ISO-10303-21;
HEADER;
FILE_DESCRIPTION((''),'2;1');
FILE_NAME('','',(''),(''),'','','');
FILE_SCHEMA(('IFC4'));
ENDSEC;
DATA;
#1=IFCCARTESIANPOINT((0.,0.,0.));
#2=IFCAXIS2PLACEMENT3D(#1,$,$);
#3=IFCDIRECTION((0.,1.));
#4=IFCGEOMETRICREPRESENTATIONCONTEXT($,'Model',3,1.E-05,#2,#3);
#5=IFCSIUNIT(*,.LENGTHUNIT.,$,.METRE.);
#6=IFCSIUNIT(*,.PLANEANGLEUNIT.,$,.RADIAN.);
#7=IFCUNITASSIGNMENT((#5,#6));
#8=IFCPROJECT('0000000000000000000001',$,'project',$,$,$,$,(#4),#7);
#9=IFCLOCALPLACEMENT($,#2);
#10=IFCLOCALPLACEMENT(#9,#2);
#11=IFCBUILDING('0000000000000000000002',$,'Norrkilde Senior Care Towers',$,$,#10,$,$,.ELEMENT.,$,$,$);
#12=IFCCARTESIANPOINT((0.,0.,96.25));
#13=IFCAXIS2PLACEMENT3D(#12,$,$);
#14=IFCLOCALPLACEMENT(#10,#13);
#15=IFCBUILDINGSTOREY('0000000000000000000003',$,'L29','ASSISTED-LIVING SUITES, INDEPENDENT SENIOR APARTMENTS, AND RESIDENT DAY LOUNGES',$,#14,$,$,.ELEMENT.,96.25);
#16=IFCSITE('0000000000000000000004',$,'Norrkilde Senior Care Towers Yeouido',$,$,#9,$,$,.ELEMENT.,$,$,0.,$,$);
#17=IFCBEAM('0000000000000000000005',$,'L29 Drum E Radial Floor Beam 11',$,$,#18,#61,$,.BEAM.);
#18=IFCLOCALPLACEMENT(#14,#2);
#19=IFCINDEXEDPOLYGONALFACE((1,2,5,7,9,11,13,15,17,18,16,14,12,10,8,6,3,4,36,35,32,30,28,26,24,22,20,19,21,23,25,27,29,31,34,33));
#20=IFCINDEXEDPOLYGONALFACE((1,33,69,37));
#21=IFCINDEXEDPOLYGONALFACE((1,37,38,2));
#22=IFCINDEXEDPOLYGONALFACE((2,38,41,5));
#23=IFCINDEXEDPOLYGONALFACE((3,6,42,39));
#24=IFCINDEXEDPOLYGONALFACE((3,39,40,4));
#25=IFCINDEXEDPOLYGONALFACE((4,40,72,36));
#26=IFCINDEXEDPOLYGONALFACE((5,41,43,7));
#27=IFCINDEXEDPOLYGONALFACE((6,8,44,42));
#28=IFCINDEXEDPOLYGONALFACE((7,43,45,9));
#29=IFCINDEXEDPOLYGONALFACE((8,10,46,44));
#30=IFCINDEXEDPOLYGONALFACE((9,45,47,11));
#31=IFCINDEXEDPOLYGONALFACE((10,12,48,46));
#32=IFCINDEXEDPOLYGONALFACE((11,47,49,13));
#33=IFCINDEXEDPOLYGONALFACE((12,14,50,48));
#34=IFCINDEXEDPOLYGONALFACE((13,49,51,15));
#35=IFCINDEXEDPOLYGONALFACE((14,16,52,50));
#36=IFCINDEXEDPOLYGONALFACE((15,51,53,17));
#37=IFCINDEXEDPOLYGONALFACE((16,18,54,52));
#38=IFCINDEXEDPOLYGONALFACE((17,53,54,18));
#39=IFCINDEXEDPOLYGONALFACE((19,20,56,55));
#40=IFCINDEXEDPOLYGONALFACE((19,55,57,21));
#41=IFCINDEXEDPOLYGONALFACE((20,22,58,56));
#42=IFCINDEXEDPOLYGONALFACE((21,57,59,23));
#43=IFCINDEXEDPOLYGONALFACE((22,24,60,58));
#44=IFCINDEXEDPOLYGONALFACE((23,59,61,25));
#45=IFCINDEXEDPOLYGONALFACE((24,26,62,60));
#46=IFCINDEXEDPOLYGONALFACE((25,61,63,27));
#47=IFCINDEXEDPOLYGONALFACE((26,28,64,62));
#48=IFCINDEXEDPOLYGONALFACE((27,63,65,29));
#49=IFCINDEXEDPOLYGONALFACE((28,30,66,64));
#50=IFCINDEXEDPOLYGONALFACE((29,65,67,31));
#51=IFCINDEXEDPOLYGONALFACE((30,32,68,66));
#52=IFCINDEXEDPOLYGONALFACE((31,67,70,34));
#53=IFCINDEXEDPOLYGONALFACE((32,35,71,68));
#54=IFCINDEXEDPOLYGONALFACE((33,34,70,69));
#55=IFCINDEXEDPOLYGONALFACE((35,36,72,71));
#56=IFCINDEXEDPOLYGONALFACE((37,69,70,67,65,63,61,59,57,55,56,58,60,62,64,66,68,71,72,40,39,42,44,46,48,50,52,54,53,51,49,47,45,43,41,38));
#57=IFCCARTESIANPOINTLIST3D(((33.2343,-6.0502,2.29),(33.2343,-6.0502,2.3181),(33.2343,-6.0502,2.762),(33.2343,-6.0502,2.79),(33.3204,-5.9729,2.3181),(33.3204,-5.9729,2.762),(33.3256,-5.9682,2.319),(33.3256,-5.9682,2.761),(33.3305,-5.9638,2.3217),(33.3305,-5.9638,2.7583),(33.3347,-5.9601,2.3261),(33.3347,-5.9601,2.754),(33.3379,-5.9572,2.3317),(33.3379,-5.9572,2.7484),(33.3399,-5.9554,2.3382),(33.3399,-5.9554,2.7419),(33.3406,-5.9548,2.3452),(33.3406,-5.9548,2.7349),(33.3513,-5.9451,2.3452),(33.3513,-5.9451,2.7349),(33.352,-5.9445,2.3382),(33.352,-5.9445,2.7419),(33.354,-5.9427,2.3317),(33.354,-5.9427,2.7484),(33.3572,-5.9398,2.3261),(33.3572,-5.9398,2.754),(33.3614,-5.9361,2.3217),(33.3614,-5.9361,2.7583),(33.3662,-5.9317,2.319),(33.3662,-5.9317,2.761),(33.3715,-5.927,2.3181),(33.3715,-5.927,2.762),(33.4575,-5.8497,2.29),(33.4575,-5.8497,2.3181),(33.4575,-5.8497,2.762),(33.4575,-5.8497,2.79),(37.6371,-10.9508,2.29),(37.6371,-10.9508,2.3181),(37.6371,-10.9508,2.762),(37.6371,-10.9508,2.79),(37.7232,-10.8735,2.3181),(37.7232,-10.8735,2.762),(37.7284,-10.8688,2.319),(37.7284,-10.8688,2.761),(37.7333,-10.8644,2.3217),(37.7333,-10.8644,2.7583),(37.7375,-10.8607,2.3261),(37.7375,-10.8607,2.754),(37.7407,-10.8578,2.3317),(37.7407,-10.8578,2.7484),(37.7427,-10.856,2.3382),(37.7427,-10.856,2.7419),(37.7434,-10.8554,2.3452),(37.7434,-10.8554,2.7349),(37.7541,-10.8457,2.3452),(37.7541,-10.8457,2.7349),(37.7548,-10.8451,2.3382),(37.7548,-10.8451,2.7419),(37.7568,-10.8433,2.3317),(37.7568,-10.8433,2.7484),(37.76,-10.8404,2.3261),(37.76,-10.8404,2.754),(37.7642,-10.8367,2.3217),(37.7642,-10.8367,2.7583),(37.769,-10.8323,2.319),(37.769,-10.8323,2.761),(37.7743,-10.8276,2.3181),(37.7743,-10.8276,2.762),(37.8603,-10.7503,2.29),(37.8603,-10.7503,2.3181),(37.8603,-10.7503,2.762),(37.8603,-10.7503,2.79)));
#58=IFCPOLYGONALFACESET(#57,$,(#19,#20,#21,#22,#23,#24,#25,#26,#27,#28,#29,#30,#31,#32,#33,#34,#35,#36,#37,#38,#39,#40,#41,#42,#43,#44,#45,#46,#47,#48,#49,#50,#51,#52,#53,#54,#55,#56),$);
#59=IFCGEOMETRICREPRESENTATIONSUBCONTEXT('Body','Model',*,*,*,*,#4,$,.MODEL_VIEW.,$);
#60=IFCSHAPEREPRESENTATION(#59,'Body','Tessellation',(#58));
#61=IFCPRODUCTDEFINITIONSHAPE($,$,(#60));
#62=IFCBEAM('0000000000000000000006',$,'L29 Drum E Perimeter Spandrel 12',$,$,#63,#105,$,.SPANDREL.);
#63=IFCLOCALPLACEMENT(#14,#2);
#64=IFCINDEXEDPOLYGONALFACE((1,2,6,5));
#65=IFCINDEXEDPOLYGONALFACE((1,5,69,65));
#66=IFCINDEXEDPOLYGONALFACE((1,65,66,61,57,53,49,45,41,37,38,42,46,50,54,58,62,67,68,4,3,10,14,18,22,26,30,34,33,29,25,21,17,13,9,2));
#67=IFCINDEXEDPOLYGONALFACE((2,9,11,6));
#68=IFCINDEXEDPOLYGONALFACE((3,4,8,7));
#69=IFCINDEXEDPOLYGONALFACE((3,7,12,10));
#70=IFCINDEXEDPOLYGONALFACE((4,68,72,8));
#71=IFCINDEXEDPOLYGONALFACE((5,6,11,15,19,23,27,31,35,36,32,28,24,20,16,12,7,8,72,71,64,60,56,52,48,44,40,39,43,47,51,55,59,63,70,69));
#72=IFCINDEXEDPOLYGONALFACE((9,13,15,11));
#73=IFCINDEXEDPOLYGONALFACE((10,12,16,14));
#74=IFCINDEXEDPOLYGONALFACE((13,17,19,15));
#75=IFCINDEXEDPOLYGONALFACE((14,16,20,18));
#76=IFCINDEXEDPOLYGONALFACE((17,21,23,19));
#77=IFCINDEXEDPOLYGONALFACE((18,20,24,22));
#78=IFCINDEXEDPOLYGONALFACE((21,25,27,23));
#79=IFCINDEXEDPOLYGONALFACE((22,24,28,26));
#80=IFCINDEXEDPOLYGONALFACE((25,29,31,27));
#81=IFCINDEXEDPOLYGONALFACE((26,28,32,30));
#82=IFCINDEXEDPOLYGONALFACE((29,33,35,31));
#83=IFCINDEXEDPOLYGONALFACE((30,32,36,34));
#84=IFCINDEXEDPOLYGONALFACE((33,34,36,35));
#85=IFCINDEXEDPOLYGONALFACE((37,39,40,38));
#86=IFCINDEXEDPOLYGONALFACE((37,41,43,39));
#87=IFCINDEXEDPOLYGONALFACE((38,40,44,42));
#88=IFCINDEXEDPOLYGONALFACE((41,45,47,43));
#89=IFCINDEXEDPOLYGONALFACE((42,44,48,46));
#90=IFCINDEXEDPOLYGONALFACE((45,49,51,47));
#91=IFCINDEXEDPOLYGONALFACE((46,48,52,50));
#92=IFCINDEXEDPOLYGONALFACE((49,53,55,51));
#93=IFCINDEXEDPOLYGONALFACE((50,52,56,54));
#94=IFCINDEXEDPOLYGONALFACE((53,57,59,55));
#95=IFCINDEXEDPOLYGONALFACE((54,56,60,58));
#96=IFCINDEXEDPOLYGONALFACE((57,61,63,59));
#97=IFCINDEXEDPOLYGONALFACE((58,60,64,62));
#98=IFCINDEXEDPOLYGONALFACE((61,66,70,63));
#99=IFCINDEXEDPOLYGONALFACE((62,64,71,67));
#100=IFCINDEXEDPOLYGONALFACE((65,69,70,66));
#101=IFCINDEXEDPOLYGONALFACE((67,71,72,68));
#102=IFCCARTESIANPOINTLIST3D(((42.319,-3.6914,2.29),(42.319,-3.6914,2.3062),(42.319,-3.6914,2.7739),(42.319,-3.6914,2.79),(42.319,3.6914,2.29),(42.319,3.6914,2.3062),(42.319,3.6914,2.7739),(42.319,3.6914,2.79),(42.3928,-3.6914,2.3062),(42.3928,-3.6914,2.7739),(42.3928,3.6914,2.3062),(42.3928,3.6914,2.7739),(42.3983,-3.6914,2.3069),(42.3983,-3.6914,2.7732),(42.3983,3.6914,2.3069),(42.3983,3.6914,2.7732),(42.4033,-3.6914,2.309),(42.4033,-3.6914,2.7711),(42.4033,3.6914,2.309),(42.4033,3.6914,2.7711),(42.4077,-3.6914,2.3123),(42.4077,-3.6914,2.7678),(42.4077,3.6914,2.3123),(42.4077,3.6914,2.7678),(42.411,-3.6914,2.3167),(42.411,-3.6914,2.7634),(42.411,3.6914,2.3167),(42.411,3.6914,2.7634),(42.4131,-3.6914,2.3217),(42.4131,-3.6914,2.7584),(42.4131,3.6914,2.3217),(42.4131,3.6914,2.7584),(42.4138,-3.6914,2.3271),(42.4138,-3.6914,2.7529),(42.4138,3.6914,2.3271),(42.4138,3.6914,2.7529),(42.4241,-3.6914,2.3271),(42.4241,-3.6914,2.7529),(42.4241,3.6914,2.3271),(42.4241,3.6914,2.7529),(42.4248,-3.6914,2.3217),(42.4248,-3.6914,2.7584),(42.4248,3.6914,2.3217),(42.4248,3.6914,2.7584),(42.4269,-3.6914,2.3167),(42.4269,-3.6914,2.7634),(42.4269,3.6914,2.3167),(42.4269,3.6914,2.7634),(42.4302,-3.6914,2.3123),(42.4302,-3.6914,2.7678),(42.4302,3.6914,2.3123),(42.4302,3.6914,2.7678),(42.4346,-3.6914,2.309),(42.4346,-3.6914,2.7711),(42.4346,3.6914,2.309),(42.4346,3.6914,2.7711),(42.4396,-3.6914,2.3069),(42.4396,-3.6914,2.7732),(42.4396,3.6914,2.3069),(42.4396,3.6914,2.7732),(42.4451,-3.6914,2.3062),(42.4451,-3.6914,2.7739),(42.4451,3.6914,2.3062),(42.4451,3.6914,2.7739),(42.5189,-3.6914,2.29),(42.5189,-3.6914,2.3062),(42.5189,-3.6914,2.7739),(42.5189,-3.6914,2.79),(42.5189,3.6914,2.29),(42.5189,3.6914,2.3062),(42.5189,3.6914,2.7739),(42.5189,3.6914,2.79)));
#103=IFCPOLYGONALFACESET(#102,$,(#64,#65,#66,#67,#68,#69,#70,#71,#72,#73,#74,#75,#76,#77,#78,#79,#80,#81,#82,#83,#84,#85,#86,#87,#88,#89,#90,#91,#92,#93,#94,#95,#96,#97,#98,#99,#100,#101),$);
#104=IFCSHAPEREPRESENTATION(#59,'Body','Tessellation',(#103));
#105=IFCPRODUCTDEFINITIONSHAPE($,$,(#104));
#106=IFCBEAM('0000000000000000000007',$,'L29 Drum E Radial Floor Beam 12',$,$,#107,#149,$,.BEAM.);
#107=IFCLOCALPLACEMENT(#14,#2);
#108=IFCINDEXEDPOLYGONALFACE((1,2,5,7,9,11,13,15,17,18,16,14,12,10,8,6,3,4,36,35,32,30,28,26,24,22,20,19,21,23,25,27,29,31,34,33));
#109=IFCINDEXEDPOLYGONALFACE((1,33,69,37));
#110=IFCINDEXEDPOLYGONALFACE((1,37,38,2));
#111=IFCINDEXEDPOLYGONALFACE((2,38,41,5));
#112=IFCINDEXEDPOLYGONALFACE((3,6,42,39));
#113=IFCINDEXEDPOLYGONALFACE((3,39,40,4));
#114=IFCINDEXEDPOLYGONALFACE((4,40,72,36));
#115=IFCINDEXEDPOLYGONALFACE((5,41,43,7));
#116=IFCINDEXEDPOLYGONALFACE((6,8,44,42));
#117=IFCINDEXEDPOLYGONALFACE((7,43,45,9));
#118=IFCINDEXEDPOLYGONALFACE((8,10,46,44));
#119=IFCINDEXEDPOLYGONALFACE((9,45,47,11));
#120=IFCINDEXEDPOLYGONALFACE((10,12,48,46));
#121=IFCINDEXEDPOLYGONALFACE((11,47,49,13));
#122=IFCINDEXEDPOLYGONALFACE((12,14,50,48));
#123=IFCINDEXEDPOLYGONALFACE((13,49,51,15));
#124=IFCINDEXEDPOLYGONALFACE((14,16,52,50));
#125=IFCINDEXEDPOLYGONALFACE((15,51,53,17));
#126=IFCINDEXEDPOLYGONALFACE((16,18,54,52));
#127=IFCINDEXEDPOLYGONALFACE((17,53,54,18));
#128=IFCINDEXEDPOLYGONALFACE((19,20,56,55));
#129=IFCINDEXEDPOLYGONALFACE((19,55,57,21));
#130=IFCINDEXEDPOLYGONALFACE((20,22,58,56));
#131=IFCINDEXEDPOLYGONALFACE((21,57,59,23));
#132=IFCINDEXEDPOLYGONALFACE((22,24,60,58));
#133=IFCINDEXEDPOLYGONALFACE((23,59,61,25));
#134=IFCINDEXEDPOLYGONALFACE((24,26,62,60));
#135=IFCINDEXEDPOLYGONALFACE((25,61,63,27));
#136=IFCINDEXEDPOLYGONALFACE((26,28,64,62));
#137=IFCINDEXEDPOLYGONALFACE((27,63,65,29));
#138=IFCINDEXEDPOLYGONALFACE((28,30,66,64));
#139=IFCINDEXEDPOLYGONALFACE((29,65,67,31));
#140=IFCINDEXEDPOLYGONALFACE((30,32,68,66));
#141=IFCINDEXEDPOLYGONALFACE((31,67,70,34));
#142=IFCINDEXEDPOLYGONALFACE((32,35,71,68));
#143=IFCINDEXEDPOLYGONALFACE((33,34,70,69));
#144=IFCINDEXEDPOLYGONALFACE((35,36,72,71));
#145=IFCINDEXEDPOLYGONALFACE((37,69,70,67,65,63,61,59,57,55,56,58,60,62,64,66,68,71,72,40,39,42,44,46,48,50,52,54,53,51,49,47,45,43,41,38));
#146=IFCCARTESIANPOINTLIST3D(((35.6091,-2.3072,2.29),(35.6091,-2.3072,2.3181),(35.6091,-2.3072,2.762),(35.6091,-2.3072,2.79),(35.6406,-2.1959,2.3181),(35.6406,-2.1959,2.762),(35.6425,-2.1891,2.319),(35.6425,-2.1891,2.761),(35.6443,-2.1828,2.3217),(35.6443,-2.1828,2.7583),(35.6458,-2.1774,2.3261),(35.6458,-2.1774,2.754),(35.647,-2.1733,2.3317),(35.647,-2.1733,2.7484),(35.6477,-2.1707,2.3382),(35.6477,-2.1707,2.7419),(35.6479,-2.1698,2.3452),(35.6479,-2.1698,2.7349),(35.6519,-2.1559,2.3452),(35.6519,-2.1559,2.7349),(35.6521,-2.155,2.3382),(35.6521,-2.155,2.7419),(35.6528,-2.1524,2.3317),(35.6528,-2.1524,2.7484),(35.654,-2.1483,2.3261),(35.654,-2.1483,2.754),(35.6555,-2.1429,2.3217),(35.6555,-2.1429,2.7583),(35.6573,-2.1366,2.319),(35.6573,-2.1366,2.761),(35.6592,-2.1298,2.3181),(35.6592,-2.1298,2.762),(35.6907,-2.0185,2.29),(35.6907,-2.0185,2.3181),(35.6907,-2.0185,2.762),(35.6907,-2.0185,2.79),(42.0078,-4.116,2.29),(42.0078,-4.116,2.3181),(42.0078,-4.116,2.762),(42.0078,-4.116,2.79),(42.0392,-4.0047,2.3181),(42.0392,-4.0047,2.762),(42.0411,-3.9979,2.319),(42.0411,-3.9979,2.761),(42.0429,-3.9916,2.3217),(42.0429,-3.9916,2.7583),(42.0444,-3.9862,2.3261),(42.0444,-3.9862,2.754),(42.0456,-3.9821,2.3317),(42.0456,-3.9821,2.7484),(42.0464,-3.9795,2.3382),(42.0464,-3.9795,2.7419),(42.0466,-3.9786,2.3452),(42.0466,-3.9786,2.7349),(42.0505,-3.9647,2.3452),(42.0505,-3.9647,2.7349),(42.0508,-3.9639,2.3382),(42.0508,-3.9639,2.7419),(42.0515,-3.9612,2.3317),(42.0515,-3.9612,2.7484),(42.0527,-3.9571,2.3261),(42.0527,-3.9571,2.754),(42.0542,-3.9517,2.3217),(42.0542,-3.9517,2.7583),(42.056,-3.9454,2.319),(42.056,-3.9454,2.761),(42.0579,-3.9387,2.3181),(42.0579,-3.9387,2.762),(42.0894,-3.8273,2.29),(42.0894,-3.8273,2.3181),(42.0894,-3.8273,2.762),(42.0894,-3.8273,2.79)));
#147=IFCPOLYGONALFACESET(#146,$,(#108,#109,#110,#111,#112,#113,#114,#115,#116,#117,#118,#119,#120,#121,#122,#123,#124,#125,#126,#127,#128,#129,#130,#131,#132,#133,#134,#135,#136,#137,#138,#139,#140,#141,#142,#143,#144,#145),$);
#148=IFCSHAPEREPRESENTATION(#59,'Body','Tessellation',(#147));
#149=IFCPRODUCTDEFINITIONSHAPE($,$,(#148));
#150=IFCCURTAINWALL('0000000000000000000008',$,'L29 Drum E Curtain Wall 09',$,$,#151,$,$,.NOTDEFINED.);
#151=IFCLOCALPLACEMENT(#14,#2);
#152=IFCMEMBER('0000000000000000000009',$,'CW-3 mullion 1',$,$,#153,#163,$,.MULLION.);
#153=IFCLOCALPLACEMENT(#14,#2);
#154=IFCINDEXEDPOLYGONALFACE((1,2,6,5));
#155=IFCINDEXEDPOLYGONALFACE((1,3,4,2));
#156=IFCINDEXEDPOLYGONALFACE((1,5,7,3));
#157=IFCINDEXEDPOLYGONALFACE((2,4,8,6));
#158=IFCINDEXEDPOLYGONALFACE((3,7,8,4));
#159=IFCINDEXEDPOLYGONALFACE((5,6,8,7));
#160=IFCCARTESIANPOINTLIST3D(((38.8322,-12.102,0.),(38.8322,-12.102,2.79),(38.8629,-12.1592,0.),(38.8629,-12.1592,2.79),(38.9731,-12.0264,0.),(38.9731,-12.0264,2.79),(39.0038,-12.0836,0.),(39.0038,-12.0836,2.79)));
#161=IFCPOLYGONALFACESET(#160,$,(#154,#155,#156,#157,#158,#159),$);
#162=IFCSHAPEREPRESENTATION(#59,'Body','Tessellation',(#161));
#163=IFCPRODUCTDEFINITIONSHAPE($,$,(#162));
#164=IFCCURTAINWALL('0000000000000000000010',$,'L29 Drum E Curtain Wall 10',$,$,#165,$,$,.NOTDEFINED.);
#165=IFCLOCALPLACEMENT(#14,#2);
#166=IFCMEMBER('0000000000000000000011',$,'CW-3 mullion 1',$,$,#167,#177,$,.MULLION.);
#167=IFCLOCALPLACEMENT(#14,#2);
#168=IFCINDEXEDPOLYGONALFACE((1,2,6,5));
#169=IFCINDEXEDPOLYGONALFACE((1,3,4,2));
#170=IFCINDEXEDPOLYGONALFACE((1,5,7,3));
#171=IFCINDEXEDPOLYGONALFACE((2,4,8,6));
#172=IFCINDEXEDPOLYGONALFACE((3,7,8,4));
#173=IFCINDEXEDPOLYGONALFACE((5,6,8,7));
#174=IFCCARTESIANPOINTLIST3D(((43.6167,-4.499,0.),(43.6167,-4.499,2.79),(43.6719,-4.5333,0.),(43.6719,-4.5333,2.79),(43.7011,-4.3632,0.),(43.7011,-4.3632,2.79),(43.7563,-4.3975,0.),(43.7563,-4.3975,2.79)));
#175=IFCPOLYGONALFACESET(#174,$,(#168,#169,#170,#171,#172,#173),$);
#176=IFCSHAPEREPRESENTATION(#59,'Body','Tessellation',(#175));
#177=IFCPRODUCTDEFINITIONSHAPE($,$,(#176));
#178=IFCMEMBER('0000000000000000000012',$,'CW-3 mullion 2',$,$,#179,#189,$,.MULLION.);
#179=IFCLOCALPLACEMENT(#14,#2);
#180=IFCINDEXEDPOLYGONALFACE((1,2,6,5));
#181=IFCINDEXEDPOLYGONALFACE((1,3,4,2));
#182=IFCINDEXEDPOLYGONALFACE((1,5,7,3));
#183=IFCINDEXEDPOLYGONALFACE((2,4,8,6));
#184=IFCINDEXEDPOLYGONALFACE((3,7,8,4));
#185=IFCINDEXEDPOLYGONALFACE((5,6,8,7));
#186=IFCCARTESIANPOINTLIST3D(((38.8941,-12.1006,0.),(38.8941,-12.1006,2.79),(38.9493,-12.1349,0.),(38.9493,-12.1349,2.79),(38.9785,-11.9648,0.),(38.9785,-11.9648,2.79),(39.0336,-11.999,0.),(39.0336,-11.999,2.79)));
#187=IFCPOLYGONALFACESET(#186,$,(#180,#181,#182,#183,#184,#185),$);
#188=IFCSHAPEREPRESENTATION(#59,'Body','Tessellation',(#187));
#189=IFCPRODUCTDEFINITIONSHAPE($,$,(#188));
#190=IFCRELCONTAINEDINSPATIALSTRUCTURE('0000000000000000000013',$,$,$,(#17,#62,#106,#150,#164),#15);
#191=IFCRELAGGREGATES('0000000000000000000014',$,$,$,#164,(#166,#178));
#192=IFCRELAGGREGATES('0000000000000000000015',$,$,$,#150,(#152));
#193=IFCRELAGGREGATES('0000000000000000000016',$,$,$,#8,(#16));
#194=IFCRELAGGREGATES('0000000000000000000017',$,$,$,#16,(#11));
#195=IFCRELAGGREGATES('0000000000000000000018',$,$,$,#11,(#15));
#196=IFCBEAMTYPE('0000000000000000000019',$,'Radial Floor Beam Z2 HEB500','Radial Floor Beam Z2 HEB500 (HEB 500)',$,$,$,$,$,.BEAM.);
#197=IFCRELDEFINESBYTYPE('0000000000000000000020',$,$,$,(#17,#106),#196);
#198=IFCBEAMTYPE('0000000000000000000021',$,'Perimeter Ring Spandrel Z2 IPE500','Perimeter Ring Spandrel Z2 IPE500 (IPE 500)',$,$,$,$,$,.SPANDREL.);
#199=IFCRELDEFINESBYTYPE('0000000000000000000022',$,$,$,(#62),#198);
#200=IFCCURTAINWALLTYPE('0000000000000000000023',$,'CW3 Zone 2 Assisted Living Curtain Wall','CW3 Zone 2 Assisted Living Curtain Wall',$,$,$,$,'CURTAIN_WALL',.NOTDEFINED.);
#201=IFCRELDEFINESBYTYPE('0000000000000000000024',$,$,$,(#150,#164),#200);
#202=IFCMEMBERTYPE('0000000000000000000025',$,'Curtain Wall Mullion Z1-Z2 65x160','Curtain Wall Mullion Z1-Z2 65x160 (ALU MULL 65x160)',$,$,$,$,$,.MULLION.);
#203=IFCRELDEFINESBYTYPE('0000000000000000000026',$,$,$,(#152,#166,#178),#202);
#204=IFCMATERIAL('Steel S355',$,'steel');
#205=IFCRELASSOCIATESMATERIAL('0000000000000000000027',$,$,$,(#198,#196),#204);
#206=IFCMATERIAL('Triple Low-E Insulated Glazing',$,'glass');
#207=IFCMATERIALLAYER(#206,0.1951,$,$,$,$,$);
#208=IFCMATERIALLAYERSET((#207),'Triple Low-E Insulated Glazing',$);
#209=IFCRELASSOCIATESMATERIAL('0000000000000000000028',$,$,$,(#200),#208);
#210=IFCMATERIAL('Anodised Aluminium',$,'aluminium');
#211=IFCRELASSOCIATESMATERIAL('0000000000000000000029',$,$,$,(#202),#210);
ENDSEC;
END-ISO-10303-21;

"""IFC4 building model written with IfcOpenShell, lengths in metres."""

from ifc_helpers import new_model, si_unit, direction, frame, origin, origin_2d, place, context, subcontext, project, spatial, rectangle, i_section, extrude, source, transform, mapped, material, layer, layer_set, material_profile, profile_set, type_object, type_shapes, element, aggregate, save


model = new_model("IFC4")

# Units and contexts
model_context = context("Model", 3, precision=1e-05, world=origin(), true_north=direction((0.0, 1.0)))
body_context = subcontext(model_context, "Body", "Model", "MODEL_VIEW")
ifc_project = project(units=[si_unit("LENGTHUNIT", "METRE"), si_unit("PLANEANGLEUNIT", "RADIAN")], contexts=[model_context])

# Site, building, storey
site_placement = place(None, origin())
site = spatial("IfcSite", under=ifc_project, at=site_placement, Name="Norrkilde Senior Care Towers Yeouido", CompositionType="ELEMENT", RefElevation=0.0)
building_placement = place(site_placement, origin())
building = spatial("IfcBuilding", under=site, at=building_placement, Name="Norrkilde Senior Care Towers", CompositionType="ELEMENT")
storey_placement = place(building_placement, frame((0.0, 0.0, 96.25)))
storey = spatial("IfcBuildingStorey", under=building, at=storey_placement, Name="L29", Description="ASSISTED-LIVING SUITES, INDEPENDENT SENIOR APARTMENTS, AND RESIDENT DAY LOUNGES", CompositionType="ELEMENT", Elevation=96.25)

# Beams
ifc_material_1 = material(Name="Steel S355", Category="steel")
ifc_material_profile_1 = material_profile(ifc_material_1, i_section(OverallWidth=0.2, OverallDepth=0.5, WebThickness=0.0103, FlangeThickness=0.0161, FilletRadius=0.021, at=origin_2d()), Name="IPE 500")
ifc_profile_set_1 = profile_set([ifc_material_profile_1], Name="Steel S355")
beam_type_1 = type_object("IfcBeamType", Name="Perimeter Ring Spandrel Z2 IPE500", Description="Perimeter Ring Spandrel Z2 IPE500 (IPE 500)", PredefinedType="SPANDREL", material=ifc_profile_set_1)
ifc_material_profile_2 = material_profile(ifc_material_1, i_section(OverallWidth=0.3, OverallDepth=0.5, WebThickness=0.0144, FlangeThickness=0.0281, FilletRadius=0.0271, at=origin_2d()), Name="HEB 500")
ifc_profile_set_2 = profile_set([ifc_material_profile_2], Name="Steel S355")
beam_type_2 = type_object("IfcBeamType", Name="Radial Floor Beam Z2 HEB500", Description="Radial Floor Beam Z2 HEB500 (HEB 500)", PredefinedType="BEAM", material=ifc_profile_set_2)
shared_shape_1 = source(origin(), body_context, "Body", "SweptSolid", [
    extrude(i_section(OverallWidth=0.3, OverallDepth=0.5, WebThickness=0.0144, FlangeThickness=0.0281, FilletRadius=0.0271, at=origin_2d()), origin(), (0.0, 0.0, 1.0), 6.5879),
])
beam_1_placement = place(storey_placement, frame((33.3459, -5.95, 2.54), z_axis=(0.668315, -0.743878, 0.0), x_axis=(0.743878, 0.668315, 0.0)))
element("IfcBeam", 1, at=beam_1_placement, inside=storey, type_object=beam_type_2, Name="L29 Drum E Radial Floor Beam 11", PredefinedType="BEAM", context=body_context, shape_type="MappedRepresentation", body=[
    mapped(shared_shape_1, transform((0.0, 0.0, 0.0), x_axis=(1.0, 0.0, 0.0), y_axis=(0.0, 1.0, 0.0), z_axis=(0.0, 0.0, 1.0), scale=1.0)),
])
shared_shape_2 = source(origin(), body_context, "Body", "SweptSolid", [
    extrude(i_section(OverallWidth=0.2, OverallDepth=0.5, WebThickness=0.0103, FlangeThickness=0.0161, FilletRadius=0.021, at=origin_2d()), origin(), (0.0, 0.0, 1.0), 7.3828),
])
beam_2_placement = place(storey_placement, frame((42.4189, -3.6914, 2.54), z_axis=(0.0, 1.0, 0.0), x_axis=(-1.0, 0.0, 0.0)))
element("IfcBeam", 2, at=beam_2_placement, inside=storey, type_object=beam_type_1, Name="L29 Drum E Perimeter Spandrel 12", PredefinedType="SPANDREL", context=body_context, shape_type="MappedRepresentation", body=[
    mapped(shared_shape_2, transform((0.0, 0.0, 0.0), x_axis=(1.0, 0.0, 0.0), y_axis=(0.0, 1.0, 0.0), z_axis=(0.0, 0.0, 1.0), scale=1.0)),
])
shared_shape_3 = source(origin(), body_context, "Body", "SweptSolid", [
    extrude(i_section(OverallWidth=0.3, OverallDepth=0.5, WebThickness=0.0144, FlangeThickness=0.0281, FilletRadius=0.0271, at=origin_2d()), origin(), (0.0, 0.0, 1.0), 6.6494),
])
type_shapes(beam_type_2, [shared_shape_1, shared_shape_3])
beam_3_placement = place(storey_placement, frame((35.6499, -2.1628, 2.54), z_axis=(0.962289, -0.272029, 0.0), x_axis=(0.272029, 0.962289, 0.0)))
element("IfcBeam", 3, at=beam_3_placement, inside=storey, type_object=beam_type_2, Name="L29 Drum E Radial Floor Beam 12", PredefinedType="BEAM", context=body_context, shape_type="MappedRepresentation", body=[
    mapped(shared_shape_3, transform((0.0, 0.0, 0.0), x_axis=(1.0, 0.0, 0.0), y_axis=(0.0, 1.0, 0.0), z_axis=(0.0, 0.0, 1.0), scale=1.0)),
])

# Curtain wall, member
ifc_material_2 = material(Name="Triple Low-E Insulated Glazing", Category="glass")
ifc_layer_1 = layer(ifc_material_2, 0.1951)
ifc_layer_set_1 = layer_set([ifc_layer_1], Name="Triple Low-E Insulated Glazing")
curtain_wall_type = type_object("IfcCurtainWallType", Name="CW3 Zone 2 Assisted Living Curtain Wall", Description="CW3 Zone 2 Assisted Living Curtain Wall", ElementType="CURTAIN_WALL", PredefinedType="NOTDEFINED", material=ifc_layer_set_1)
curtain_wall_1_placement = place(storey_placement, origin())
curtain_wall_1 = element("IfcCurtainWall", 4, at=curtain_wall_1_placement, inside=storey, type_object=curtain_wall_type, Name="L29 Drum E Curtain Wall 09", PredefinedType="NOTDEFINED")
ifc_material_3 = material(Name="Anodised Aluminium", Category="aluminium")
ifc_material_profile_3 = material_profile(ifc_material_3, rectangle(XDim=0.0649, YDim=0.1599, at=origin_2d()), Name="ALU MULL 65x160")
ifc_profile_set_3 = profile_set([ifc_material_profile_3], Name="Anodised Aluminium")
member_type_1 = type_object("IfcMemberType", Name="Curtain Wall Mullion Z1-Z2 65x160", Description="Curtain Wall Mullion Z1-Z2 65x160 (ALU MULL 65x160)", PredefinedType="MULLION", material=ifc_profile_set_3)
shared_shape_4 = source(origin(), body_context, "Body", "SweptSolid", [
    extrude(rectangle(XDim=0.0649, YDim=0.1599, at=origin_2d()), origin(), (0.0, 0.0, 1.0), 2.79),
])
type_shapes(member_type_1, [shared_shape_4])
member_1_placement = place(storey_placement, frame((38.918, -12.0928, 0.0), z_axis=(0.0, 0.0, 1.0), x_axis=(0.472769, -0.881186, 0.0)))
member_1 = element("IfcMember", 5, at=member_1_placement, type_object=member_type_1, Name="CW-3 mullion 1", PredefinedType="MULLION", context=body_context, shape_type="MappedRepresentation", body=[
    mapped(shared_shape_4, transform((0.0, 0.0, 0.0), x_axis=(1.0, 0.0, 0.0), y_axis=(0.0, 1.0, 0.0), z_axis=(0.0, 0.0, 1.0), scale=1.0)),
])

# Curtain wall, members
curtain_wall_2_placement = place(storey_placement, origin())
curtain_wall_2 = element("IfcCurtainWall", 6, at=curtain_wall_2_placement, inside=storey, type_object=curtain_wall_type, Name="L29 Drum E Curtain Wall 10", PredefinedType="NOTDEFINED")
member_2_placement = place(storey_placement, frame((43.6865, -4.4482, 0.0), z_axis=(0.0, 0.0, 1.0), x_axis=(0.84941, -0.527733, 0.0)))
member_2 = element("IfcMember", 7, at=member_2_placement, type_object=member_type_1, Name="CW-3 mullion 1", PredefinedType="MULLION", context=body_context, shape_type="MappedRepresentation", body=[
    mapped(shared_shape_4, transform((0.0, 0.0, 0.0), x_axis=(1.0, 0.0, 0.0), y_axis=(0.0, 1.0, 0.0), z_axis=(0.0, 0.0, 1.0), scale=1.0)),
])
member_3_placement = place(storey_placement, frame((38.9639, -12.0498, 0.0), z_axis=(0.0, 0.0, 1.0), x_axis=(0.84941, -0.527733, 0.0)))
member_3 = element("IfcMember", 8, at=member_3_placement, type_object=member_type_1, Name="CW-3 mullion 2", PredefinedType="MULLION", context=body_context, shape_type="MappedRepresentation", body=[
    mapped(shared_shape_4, transform((0.0, 0.0, 0.0), x_axis=(1.0, 0.0, 0.0), y_axis=(0.0, 1.0, 0.0), z_axis=(0.0, 0.0, 1.0), scale=1.0)),
])

aggregate(curtain_wall_2, [member_2, member_3])
aggregate(curtain_wall_1, [member_1])

save(model, "model.ifc")
